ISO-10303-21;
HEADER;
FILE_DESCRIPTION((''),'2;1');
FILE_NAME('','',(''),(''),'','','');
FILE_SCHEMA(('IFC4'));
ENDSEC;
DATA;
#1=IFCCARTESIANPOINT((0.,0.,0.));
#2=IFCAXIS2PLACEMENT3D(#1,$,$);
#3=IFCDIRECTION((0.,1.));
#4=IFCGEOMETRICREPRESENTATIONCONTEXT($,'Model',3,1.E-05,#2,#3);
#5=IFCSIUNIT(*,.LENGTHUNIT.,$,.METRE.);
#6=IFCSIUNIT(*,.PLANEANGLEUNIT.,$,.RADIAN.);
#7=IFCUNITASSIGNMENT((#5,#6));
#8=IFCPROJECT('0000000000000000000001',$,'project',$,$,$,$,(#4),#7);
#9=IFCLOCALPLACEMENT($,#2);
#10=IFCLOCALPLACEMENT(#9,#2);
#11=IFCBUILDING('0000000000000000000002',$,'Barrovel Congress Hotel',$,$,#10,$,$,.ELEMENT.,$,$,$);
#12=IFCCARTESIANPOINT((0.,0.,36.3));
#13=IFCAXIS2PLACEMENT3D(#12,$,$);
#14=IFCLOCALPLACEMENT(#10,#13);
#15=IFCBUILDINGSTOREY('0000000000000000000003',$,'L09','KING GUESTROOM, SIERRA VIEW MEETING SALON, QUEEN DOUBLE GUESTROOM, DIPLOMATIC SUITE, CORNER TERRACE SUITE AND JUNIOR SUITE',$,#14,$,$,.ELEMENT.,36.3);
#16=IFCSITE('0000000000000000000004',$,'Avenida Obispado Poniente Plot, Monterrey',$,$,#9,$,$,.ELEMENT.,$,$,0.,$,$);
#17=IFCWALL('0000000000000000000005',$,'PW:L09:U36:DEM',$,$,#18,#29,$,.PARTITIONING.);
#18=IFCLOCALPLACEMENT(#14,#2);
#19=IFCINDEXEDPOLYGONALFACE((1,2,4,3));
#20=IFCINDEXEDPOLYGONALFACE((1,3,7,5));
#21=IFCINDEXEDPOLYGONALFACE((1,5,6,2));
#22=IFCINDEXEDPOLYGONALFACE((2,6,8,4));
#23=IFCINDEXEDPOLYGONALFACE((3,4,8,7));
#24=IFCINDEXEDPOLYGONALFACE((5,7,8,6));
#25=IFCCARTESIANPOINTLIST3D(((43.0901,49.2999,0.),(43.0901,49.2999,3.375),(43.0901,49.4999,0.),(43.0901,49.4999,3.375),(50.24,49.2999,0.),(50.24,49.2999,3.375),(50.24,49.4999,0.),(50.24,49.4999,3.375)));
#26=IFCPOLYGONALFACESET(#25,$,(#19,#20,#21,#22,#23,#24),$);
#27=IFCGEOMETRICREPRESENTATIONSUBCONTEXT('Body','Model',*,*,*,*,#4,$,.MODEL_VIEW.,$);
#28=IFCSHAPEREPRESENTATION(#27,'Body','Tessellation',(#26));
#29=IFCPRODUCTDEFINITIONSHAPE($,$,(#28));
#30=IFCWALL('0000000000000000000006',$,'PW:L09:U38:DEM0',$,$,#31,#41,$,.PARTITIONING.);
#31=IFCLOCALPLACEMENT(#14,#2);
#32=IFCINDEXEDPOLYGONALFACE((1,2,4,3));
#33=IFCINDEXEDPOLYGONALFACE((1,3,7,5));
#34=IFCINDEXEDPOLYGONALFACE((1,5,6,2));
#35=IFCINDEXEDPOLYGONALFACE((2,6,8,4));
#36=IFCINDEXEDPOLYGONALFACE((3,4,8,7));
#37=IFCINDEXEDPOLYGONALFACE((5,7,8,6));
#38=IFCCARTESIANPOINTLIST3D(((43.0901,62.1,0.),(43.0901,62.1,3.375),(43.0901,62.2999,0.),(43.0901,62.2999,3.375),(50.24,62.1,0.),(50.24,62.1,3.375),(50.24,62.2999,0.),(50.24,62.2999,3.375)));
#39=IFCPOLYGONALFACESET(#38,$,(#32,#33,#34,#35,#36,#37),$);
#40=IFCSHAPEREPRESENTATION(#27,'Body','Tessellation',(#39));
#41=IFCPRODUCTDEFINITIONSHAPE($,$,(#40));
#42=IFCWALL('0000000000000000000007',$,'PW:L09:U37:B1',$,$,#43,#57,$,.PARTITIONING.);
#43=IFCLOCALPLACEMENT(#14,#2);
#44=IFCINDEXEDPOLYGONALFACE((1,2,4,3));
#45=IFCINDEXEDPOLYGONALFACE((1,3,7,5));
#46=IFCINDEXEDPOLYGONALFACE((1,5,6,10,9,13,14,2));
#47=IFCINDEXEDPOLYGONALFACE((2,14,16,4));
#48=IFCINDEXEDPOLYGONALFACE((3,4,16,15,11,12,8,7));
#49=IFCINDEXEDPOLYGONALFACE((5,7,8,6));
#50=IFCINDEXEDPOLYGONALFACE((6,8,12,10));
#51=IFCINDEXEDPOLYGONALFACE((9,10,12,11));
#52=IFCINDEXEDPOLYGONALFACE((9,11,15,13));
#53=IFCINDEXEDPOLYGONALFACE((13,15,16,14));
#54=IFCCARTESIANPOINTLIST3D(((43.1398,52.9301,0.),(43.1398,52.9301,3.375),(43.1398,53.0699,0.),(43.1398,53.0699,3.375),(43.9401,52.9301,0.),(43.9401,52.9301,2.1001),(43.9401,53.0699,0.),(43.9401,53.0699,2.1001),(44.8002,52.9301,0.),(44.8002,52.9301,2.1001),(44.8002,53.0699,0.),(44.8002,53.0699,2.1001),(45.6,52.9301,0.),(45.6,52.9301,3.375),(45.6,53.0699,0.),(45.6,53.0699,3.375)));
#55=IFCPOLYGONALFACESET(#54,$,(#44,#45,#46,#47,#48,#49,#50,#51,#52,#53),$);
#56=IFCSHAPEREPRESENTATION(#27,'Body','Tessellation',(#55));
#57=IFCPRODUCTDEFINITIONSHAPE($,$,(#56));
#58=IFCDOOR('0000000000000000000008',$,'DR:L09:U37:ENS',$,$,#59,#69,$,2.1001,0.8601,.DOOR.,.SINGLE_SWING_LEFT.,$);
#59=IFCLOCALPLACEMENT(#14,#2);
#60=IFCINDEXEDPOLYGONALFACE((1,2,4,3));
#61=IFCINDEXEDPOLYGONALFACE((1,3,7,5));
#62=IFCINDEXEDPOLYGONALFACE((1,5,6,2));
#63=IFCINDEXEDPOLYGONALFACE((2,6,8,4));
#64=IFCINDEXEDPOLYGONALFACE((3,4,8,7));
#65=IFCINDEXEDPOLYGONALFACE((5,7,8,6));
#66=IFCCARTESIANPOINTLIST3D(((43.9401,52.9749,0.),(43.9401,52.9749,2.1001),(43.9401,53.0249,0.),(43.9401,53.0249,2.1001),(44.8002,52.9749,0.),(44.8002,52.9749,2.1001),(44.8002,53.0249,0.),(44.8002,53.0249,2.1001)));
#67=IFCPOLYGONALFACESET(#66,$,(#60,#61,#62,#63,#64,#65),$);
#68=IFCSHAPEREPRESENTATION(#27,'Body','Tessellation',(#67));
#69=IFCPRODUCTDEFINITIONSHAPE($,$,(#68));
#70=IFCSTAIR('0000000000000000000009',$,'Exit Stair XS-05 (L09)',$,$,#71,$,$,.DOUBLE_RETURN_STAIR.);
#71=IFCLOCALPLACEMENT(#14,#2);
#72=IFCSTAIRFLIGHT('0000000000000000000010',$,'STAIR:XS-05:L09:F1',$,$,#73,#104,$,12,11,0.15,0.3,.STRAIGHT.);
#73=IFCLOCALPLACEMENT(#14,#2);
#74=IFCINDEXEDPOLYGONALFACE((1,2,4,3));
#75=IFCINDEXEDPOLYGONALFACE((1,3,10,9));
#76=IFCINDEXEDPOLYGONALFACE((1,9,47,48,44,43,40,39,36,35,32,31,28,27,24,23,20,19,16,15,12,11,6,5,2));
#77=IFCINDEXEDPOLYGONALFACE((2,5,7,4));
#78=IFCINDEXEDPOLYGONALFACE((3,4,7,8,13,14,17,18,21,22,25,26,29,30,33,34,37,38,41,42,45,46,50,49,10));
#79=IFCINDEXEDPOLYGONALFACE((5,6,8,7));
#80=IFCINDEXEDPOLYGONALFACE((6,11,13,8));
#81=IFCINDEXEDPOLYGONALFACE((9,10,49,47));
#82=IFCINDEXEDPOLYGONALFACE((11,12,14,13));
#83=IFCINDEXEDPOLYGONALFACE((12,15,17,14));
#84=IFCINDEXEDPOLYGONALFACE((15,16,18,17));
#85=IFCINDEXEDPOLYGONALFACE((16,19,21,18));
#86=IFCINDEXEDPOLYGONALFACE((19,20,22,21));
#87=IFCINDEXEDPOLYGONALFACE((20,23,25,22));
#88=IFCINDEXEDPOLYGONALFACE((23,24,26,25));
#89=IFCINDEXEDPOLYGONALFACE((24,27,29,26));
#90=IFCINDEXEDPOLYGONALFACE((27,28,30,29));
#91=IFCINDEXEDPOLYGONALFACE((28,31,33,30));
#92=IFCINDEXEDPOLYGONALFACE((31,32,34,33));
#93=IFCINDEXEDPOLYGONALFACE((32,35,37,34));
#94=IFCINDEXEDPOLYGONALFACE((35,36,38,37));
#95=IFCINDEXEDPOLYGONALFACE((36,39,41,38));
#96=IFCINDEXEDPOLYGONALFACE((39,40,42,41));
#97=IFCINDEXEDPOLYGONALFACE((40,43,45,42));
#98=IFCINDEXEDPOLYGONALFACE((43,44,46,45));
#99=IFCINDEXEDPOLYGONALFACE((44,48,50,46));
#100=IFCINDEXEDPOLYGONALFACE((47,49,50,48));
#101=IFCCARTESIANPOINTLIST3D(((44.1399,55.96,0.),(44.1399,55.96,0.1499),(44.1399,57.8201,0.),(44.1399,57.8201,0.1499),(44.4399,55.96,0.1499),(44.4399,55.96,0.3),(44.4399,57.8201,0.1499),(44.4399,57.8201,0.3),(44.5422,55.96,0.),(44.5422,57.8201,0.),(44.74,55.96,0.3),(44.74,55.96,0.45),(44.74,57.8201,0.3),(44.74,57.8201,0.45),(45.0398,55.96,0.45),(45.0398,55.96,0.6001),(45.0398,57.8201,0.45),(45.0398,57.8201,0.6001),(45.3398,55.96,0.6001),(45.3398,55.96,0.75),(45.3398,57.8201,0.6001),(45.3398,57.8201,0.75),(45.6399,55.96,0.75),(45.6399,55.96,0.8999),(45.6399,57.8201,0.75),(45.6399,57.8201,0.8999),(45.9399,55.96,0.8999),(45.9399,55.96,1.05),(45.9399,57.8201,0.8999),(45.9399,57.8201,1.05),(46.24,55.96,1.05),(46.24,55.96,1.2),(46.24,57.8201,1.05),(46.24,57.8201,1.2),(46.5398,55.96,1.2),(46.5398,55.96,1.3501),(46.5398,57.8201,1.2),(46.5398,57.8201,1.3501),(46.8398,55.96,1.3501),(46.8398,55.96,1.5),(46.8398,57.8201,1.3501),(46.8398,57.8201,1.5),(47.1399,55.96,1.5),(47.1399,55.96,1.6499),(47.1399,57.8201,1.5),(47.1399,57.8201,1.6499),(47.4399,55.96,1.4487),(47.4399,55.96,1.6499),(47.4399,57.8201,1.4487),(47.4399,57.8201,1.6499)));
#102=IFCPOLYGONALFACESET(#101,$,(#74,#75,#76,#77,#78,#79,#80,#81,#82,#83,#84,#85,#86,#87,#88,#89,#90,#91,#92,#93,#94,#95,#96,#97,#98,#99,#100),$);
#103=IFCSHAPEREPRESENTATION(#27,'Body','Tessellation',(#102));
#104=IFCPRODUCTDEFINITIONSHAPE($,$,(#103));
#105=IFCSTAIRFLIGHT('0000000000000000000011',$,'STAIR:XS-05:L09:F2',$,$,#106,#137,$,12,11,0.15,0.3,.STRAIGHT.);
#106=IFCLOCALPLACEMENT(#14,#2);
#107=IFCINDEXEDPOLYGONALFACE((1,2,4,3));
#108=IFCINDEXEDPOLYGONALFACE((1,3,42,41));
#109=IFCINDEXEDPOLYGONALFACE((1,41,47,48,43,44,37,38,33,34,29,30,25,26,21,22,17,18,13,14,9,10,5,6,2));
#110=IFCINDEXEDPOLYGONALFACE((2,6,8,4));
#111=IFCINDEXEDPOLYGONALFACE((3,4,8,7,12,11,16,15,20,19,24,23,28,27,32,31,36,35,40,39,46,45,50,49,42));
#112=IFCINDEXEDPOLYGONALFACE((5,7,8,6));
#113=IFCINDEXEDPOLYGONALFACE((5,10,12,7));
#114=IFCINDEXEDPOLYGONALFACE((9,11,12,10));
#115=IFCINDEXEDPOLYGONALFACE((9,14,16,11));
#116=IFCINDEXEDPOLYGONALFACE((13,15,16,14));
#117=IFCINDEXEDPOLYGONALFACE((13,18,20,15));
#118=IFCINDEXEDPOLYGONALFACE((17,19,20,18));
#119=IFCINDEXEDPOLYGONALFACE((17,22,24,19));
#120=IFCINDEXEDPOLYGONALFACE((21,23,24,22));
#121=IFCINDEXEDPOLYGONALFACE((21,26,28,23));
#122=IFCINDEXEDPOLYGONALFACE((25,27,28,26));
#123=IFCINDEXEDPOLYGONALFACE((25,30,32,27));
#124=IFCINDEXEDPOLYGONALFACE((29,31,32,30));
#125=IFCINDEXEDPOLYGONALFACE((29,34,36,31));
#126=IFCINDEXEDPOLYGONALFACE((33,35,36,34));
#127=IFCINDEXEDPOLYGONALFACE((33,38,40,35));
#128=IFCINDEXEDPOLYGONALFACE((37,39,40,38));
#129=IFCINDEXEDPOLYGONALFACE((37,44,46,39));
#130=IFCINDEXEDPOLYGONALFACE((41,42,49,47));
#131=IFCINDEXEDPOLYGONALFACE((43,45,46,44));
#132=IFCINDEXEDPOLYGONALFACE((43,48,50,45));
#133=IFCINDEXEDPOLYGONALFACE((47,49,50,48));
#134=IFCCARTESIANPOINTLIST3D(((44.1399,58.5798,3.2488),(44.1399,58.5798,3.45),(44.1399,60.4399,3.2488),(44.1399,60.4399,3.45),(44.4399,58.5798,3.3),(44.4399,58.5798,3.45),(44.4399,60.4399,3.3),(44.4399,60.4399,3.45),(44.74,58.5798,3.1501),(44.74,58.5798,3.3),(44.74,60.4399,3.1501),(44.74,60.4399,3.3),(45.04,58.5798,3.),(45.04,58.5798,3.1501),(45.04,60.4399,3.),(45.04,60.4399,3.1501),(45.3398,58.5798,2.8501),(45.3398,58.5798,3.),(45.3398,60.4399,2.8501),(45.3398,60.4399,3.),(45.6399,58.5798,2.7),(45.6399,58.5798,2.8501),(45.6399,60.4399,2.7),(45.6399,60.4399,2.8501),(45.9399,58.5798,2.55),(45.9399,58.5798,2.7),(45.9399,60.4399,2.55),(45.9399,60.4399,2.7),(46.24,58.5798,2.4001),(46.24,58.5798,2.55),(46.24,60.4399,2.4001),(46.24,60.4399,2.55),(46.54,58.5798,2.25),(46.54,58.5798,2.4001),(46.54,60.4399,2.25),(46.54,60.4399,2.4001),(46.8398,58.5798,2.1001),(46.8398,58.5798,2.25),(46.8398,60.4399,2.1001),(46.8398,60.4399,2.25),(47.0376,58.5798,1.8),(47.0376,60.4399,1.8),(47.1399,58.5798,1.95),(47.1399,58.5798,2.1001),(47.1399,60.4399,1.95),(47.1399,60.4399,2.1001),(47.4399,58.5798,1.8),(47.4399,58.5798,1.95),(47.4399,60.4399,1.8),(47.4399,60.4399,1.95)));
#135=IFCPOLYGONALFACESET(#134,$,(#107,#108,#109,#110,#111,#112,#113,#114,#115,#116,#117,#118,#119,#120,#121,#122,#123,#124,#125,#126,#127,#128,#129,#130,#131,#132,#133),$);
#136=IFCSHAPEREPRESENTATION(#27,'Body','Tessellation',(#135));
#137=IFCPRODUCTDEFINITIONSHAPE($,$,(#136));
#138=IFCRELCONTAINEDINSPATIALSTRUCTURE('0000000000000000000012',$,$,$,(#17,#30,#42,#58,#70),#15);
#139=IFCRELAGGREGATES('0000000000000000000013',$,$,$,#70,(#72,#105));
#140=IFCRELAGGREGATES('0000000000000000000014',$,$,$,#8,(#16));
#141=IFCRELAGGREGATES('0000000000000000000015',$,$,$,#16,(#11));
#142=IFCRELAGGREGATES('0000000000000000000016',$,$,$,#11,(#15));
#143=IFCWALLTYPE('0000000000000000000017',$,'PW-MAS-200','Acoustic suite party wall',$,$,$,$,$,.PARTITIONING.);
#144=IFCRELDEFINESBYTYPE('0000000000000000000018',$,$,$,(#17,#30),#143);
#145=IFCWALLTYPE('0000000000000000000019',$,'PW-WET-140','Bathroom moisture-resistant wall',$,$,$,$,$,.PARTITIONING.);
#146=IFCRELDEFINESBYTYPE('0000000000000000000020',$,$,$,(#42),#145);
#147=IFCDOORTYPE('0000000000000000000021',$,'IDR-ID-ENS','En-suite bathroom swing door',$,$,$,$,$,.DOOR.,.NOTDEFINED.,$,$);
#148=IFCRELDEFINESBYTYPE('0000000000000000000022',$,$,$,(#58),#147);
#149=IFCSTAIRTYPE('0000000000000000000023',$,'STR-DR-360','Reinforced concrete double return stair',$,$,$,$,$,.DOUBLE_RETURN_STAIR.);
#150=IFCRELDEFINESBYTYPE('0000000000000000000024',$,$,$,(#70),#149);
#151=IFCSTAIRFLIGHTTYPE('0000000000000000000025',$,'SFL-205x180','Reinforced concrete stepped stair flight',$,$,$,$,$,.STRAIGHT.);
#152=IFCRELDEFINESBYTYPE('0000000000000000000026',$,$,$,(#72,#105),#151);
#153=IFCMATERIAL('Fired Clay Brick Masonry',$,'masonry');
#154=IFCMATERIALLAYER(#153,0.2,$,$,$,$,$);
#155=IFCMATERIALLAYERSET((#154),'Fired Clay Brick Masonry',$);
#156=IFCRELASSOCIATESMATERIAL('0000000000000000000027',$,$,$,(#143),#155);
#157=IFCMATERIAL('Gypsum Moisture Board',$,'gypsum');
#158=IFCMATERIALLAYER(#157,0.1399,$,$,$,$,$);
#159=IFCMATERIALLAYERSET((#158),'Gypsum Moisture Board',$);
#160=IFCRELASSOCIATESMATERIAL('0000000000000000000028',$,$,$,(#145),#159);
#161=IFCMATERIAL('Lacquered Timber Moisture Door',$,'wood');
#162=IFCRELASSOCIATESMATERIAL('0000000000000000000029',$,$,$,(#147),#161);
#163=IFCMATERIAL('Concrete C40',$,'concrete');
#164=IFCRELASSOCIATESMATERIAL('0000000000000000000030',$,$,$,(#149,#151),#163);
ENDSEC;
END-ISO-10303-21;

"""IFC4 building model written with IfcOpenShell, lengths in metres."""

from ifc_helpers import new_model, si_unit, direction, frame, frame_2d, origin, place, context, subcontext, project, spatial, polyline, rectangle, outline, extrude, material, layer, layer_set, type_object, element, fill, aggregate, save


model = new_model("IFC4")

# Units and contexts
model_context = context("Model", 3, precision=1e-05, world=origin(), true_north=direction((0.0, 1.0)))
body_context = subcontext(model_context, "Body", "Model", "MODEL_VIEW")
ifc_project = project(units=[si_unit("LENGTHUNIT", "METRE"), si_unit("PLANEANGLEUNIT", "RADIAN")], contexts=[model_context])

# Site, building, storey
site_placement = place(None, origin())
site = spatial("IfcSite", under=ifc_project, at=site_placement, Name="Avenida Obispado Poniente Plot, Monterrey", CompositionType="ELEMENT", RefElevation=0.0)
building_placement = place(site_placement, origin())
building = spatial("IfcBuilding", under=site, at=building_placement, Name="Barrovel Congress Hotel", CompositionType="ELEMENT")
storey_placement = place(building_placement, frame((0.0, 0.0, 36.3)))
storey = spatial("IfcBuildingStorey", under=building, at=storey_placement, Name="L09", Description="KING GUESTROOM, SIERRA VIEW MEETING SALON, QUEEN DOUBLE GUESTROOM, DIPLOMATIC SUITE, CORNER TERRACE SUITE AND JUNIOR SUITE", CompositionType="ELEMENT", Elevation=36.3)

# Shared definitions
ifc_material_1 = material(Name="Concrete C40", Category="concrete")

# Walls
ifc_material_2 = material(Name="Fired Clay Brick Masonry", Category="masonry")
ifc_layer_1 = layer(ifc_material_2, 0.2)
ifc_layer_set_1 = layer_set([ifc_layer_1], Name="Fired Clay Brick Masonry")
wall_type_1 = type_object("IfcWallType", Name="PW-MAS-200", Description="Acoustic suite party wall", PredefinedType="PARTITIONING", material=ifc_layer_set_1)
for number, where, z_axis, x_axis, name in (
    (1, (43.0901, 49.3999, 0.0), (0.0, 0.0, 1.0), (1.0, 0.0, 0.0), "PW:L09:U36:DEM"),
    (2, (43.0901, 62.2, 0.0), (0.0, 0.0, 1.0), (1.0, 0.0, 0.0), "PW:L09:U38:DEM0"),
):
    element("IfcWall", number, at=place(storey_placement, frame(where, z_axis=z_axis, x_axis=x_axis)), inside=storey, type_object=wall_type_1, Name=name, PredefinedType="PARTITIONING", context=body_context, shape_type="SweptSolid", body=[
        extrude(rectangle(XDim=7.1499, YDim=0.2, at=frame_2d((3.575, 0.0))), origin(), (0.0, 0.0, 1.0), 3.375),
    ])

# Wall, opening, door
ifc_material_3 = material(Name="Gypsum Moisture Board", Category="gypsum")
ifc_layer_2 = layer(ifc_material_3, 0.1399)
ifc_layer_set_2 = layer_set([ifc_layer_2], Name="Gypsum Moisture Board")
wall_type_2 = type_object("IfcWallType", Name="PW-WET-140", Description="Bathroom moisture-resistant wall", PredefinedType="PARTITIONING", material=ifc_layer_set_2)
wall_1_placement = place(storey_placement, frame((43.1399, 53.0, 0.0), z_axis=(0.0, 0.0, 1.0), x_axis=(1.0, 0.0, 0.0)))
wall_1 = element("IfcWall", 3, at=wall_1_placement, inside=storey, type_object=wall_type_2, Name="PW:L09:U37:B1", PredefinedType="PARTITIONING", context=body_context, shape_type="SweptSolid", body=[
    extrude(rectangle(XDim=2.4602, YDim=0.1399, at=frame_2d((1.23, 0.0))), origin(), (0.0, 0.0, 1.0), 3.375),
])
opening_1_placement = place(wall_1_placement, frame((0.8, 0.0, 0.0)))
opening_1 = element("IfcOpeningElement", 4, at=opening_1_placement, cuts=wall_1, PredefinedType="OPENING", context=body_context, shape_type="SweptSolid", body=[
    extrude(rectangle(XDim=0.8601, YDim=2.1001, at=frame_2d((0.4302, 1.05))), frame((0.0, 0.0801, 0.0), z_axis=(0.0, -1.0, 0.0), x_axis=(1.0, 0.0, 0.0)), (0.0, 0.0, 1.0), 0.1599),
])
ifc_material_4 = material(Name="Lacquered Timber Moisture Door", Category="wood")
door_type_1 = type_object("IfcDoorType", Name="IDR-ID-ENS", Description="En-suite bathroom swing door", OperationType="NOTDEFINED", PredefinedType="DOOR", material=ifc_material_4)
door_1_placement = place(opening_1_placement, origin())
door_1 = element("IfcDoor", 5, at=door_1_placement, inside=storey, type_object=door_type_1, Name="DR:L09:U37:ENS", OperationType="SINGLE_SWING_LEFT", OverallHeight=2.1001, OverallWidth=0.8601, PredefinedType="DOOR", context=body_context, shape_type="SweptSolid", body=[
    extrude(rectangle(XDim=0.8601, YDim=2.1001, at=frame_2d((0.4302, 1.05))), frame((0.0, 0.0249, 0.0), z_axis=(0.0, -1.0, 0.0), x_axis=(1.0, 0.0, 0.0)), (0.0, 0.0, 1.0), 0.05),
])
fill(opening_1, door_1)

# Stair, stair flights
stair_type = type_object("IfcStairType", Name="STR-DR-360", Description="Reinforced concrete double return stair", PredefinedType="DOUBLE_RETURN_STAIR", material=ifc_material_1)
stair_placement = place(storey_placement, origin())
stair = element("IfcStair", 6, at=stair_placement, inside=storey, type_object=stair_type, Name="Exit Stair XS-05 (L09)", PredefinedType="DOUBLE_RETURN_STAIR")
stair_flight_type = type_object("IfcStairFlightType", Name="SFL-205x180", Description="Reinforced concrete stepped stair flight", PredefinedType="STRAIGHT", material=ifc_material_1)
stair_flight_1_placement = place(storey_placement, frame((44.1399, 56.8899, 0.0), z_axis=(0.0, 0.0, 1.0), x_axis=(1.0, 0.0, 0.0)))
stair_flight_1 = element("IfcStairFlight", 7, at=stair_flight_1_placement, type_object=stair_flight_type, Name="STAIR:XS-05:L09:F1", NumberOfRisers=12, NumberOfTreads=11, PredefinedType="STRAIGHT", RiserHeight=0.15, TreadLength=0.3, context=body_context, shape_type="SweptSolid", body=[
    extrude(outline(polyline([(0.0, 0.0), (0.0, 0.1499), (0.3, 0.1499), (0.3, 0.3), (0.6001, 0.3), (0.6001, 0.45), (0.8999, 0.45), (0.8999, 0.6001), (1.2, 0.6001), (1.2, 0.75), (1.5, 0.75), (1.5, 0.8999), (1.8, 0.8999), (1.8, 1.05), (2.1001, 1.05), (2.1001, 1.2), (2.3999, 1.2), (2.3999, 1.3501), (2.7, 1.3501), (2.7, 1.5), (3.0, 1.5), (3.0, 1.6499), (3.3, 1.6499), (3.3, 1.8), (3.3, 1.4487), (0.4023, 0.0), (0.0, 0.0)])), frame((0.0, 0.9302, 0.0), z_axis=(0.0, -1.0, 0.0), x_axis=(1.0, 0.0, 0.0)), (0.0, 0.0, 1.0), 1.8601),
])
stair_flight_2_placement = place(storey_placement, frame((47.4399, 59.51, 1.8), z_axis=(0.0, 0.0, 1.0), x_axis=(-1.0, 0.0, 0.0)))
stair_flight_2 = element("IfcStairFlight", 8, at=stair_flight_2_placement, type_object=stair_flight_type, Name="STAIR:XS-05:L09:F2", NumberOfRisers=12, NumberOfTreads=11, PredefinedType="STRAIGHT", RiserHeight=0.15, TreadLength=0.3, context=body_context, shape_type="SweptSolid", body=[
    extrude(outline(polyline([(0.0, 0.0), (0.0, 0.1499), (0.3, 0.1499), (0.3, 0.3), (0.6001, 0.3), (0.6001, 0.45), (0.8999, 0.45), (0.8999, 0.6001), (1.2, 0.6001), (1.2, 0.75), (1.5, 0.75), (1.5, 0.8999), (1.8, 0.8999), (1.8, 1.05), (2.1001, 1.05), (2.1001, 1.2), (2.3999, 1.2), (2.3999, 1.3501), (2.7, 1.3501), (2.7, 1.5), (3.0, 1.5), (3.0, 1.6499), (3.3, 1.6499), (3.3, 1.8), (3.3, 1.4487), (0.4023, 0.0), (0.0, 0.0)])), frame((0.0, 0.9302, 0.0), z_axis=(0.0, -1.0, 0.0), x_axis=(1.0, 0.0, 0.0)), (0.0, 0.0, 1.0), 1.8601),
])
aggregate(stair, [stair_flight_1, stair_flight_2])

save(model, "model.ifc")
